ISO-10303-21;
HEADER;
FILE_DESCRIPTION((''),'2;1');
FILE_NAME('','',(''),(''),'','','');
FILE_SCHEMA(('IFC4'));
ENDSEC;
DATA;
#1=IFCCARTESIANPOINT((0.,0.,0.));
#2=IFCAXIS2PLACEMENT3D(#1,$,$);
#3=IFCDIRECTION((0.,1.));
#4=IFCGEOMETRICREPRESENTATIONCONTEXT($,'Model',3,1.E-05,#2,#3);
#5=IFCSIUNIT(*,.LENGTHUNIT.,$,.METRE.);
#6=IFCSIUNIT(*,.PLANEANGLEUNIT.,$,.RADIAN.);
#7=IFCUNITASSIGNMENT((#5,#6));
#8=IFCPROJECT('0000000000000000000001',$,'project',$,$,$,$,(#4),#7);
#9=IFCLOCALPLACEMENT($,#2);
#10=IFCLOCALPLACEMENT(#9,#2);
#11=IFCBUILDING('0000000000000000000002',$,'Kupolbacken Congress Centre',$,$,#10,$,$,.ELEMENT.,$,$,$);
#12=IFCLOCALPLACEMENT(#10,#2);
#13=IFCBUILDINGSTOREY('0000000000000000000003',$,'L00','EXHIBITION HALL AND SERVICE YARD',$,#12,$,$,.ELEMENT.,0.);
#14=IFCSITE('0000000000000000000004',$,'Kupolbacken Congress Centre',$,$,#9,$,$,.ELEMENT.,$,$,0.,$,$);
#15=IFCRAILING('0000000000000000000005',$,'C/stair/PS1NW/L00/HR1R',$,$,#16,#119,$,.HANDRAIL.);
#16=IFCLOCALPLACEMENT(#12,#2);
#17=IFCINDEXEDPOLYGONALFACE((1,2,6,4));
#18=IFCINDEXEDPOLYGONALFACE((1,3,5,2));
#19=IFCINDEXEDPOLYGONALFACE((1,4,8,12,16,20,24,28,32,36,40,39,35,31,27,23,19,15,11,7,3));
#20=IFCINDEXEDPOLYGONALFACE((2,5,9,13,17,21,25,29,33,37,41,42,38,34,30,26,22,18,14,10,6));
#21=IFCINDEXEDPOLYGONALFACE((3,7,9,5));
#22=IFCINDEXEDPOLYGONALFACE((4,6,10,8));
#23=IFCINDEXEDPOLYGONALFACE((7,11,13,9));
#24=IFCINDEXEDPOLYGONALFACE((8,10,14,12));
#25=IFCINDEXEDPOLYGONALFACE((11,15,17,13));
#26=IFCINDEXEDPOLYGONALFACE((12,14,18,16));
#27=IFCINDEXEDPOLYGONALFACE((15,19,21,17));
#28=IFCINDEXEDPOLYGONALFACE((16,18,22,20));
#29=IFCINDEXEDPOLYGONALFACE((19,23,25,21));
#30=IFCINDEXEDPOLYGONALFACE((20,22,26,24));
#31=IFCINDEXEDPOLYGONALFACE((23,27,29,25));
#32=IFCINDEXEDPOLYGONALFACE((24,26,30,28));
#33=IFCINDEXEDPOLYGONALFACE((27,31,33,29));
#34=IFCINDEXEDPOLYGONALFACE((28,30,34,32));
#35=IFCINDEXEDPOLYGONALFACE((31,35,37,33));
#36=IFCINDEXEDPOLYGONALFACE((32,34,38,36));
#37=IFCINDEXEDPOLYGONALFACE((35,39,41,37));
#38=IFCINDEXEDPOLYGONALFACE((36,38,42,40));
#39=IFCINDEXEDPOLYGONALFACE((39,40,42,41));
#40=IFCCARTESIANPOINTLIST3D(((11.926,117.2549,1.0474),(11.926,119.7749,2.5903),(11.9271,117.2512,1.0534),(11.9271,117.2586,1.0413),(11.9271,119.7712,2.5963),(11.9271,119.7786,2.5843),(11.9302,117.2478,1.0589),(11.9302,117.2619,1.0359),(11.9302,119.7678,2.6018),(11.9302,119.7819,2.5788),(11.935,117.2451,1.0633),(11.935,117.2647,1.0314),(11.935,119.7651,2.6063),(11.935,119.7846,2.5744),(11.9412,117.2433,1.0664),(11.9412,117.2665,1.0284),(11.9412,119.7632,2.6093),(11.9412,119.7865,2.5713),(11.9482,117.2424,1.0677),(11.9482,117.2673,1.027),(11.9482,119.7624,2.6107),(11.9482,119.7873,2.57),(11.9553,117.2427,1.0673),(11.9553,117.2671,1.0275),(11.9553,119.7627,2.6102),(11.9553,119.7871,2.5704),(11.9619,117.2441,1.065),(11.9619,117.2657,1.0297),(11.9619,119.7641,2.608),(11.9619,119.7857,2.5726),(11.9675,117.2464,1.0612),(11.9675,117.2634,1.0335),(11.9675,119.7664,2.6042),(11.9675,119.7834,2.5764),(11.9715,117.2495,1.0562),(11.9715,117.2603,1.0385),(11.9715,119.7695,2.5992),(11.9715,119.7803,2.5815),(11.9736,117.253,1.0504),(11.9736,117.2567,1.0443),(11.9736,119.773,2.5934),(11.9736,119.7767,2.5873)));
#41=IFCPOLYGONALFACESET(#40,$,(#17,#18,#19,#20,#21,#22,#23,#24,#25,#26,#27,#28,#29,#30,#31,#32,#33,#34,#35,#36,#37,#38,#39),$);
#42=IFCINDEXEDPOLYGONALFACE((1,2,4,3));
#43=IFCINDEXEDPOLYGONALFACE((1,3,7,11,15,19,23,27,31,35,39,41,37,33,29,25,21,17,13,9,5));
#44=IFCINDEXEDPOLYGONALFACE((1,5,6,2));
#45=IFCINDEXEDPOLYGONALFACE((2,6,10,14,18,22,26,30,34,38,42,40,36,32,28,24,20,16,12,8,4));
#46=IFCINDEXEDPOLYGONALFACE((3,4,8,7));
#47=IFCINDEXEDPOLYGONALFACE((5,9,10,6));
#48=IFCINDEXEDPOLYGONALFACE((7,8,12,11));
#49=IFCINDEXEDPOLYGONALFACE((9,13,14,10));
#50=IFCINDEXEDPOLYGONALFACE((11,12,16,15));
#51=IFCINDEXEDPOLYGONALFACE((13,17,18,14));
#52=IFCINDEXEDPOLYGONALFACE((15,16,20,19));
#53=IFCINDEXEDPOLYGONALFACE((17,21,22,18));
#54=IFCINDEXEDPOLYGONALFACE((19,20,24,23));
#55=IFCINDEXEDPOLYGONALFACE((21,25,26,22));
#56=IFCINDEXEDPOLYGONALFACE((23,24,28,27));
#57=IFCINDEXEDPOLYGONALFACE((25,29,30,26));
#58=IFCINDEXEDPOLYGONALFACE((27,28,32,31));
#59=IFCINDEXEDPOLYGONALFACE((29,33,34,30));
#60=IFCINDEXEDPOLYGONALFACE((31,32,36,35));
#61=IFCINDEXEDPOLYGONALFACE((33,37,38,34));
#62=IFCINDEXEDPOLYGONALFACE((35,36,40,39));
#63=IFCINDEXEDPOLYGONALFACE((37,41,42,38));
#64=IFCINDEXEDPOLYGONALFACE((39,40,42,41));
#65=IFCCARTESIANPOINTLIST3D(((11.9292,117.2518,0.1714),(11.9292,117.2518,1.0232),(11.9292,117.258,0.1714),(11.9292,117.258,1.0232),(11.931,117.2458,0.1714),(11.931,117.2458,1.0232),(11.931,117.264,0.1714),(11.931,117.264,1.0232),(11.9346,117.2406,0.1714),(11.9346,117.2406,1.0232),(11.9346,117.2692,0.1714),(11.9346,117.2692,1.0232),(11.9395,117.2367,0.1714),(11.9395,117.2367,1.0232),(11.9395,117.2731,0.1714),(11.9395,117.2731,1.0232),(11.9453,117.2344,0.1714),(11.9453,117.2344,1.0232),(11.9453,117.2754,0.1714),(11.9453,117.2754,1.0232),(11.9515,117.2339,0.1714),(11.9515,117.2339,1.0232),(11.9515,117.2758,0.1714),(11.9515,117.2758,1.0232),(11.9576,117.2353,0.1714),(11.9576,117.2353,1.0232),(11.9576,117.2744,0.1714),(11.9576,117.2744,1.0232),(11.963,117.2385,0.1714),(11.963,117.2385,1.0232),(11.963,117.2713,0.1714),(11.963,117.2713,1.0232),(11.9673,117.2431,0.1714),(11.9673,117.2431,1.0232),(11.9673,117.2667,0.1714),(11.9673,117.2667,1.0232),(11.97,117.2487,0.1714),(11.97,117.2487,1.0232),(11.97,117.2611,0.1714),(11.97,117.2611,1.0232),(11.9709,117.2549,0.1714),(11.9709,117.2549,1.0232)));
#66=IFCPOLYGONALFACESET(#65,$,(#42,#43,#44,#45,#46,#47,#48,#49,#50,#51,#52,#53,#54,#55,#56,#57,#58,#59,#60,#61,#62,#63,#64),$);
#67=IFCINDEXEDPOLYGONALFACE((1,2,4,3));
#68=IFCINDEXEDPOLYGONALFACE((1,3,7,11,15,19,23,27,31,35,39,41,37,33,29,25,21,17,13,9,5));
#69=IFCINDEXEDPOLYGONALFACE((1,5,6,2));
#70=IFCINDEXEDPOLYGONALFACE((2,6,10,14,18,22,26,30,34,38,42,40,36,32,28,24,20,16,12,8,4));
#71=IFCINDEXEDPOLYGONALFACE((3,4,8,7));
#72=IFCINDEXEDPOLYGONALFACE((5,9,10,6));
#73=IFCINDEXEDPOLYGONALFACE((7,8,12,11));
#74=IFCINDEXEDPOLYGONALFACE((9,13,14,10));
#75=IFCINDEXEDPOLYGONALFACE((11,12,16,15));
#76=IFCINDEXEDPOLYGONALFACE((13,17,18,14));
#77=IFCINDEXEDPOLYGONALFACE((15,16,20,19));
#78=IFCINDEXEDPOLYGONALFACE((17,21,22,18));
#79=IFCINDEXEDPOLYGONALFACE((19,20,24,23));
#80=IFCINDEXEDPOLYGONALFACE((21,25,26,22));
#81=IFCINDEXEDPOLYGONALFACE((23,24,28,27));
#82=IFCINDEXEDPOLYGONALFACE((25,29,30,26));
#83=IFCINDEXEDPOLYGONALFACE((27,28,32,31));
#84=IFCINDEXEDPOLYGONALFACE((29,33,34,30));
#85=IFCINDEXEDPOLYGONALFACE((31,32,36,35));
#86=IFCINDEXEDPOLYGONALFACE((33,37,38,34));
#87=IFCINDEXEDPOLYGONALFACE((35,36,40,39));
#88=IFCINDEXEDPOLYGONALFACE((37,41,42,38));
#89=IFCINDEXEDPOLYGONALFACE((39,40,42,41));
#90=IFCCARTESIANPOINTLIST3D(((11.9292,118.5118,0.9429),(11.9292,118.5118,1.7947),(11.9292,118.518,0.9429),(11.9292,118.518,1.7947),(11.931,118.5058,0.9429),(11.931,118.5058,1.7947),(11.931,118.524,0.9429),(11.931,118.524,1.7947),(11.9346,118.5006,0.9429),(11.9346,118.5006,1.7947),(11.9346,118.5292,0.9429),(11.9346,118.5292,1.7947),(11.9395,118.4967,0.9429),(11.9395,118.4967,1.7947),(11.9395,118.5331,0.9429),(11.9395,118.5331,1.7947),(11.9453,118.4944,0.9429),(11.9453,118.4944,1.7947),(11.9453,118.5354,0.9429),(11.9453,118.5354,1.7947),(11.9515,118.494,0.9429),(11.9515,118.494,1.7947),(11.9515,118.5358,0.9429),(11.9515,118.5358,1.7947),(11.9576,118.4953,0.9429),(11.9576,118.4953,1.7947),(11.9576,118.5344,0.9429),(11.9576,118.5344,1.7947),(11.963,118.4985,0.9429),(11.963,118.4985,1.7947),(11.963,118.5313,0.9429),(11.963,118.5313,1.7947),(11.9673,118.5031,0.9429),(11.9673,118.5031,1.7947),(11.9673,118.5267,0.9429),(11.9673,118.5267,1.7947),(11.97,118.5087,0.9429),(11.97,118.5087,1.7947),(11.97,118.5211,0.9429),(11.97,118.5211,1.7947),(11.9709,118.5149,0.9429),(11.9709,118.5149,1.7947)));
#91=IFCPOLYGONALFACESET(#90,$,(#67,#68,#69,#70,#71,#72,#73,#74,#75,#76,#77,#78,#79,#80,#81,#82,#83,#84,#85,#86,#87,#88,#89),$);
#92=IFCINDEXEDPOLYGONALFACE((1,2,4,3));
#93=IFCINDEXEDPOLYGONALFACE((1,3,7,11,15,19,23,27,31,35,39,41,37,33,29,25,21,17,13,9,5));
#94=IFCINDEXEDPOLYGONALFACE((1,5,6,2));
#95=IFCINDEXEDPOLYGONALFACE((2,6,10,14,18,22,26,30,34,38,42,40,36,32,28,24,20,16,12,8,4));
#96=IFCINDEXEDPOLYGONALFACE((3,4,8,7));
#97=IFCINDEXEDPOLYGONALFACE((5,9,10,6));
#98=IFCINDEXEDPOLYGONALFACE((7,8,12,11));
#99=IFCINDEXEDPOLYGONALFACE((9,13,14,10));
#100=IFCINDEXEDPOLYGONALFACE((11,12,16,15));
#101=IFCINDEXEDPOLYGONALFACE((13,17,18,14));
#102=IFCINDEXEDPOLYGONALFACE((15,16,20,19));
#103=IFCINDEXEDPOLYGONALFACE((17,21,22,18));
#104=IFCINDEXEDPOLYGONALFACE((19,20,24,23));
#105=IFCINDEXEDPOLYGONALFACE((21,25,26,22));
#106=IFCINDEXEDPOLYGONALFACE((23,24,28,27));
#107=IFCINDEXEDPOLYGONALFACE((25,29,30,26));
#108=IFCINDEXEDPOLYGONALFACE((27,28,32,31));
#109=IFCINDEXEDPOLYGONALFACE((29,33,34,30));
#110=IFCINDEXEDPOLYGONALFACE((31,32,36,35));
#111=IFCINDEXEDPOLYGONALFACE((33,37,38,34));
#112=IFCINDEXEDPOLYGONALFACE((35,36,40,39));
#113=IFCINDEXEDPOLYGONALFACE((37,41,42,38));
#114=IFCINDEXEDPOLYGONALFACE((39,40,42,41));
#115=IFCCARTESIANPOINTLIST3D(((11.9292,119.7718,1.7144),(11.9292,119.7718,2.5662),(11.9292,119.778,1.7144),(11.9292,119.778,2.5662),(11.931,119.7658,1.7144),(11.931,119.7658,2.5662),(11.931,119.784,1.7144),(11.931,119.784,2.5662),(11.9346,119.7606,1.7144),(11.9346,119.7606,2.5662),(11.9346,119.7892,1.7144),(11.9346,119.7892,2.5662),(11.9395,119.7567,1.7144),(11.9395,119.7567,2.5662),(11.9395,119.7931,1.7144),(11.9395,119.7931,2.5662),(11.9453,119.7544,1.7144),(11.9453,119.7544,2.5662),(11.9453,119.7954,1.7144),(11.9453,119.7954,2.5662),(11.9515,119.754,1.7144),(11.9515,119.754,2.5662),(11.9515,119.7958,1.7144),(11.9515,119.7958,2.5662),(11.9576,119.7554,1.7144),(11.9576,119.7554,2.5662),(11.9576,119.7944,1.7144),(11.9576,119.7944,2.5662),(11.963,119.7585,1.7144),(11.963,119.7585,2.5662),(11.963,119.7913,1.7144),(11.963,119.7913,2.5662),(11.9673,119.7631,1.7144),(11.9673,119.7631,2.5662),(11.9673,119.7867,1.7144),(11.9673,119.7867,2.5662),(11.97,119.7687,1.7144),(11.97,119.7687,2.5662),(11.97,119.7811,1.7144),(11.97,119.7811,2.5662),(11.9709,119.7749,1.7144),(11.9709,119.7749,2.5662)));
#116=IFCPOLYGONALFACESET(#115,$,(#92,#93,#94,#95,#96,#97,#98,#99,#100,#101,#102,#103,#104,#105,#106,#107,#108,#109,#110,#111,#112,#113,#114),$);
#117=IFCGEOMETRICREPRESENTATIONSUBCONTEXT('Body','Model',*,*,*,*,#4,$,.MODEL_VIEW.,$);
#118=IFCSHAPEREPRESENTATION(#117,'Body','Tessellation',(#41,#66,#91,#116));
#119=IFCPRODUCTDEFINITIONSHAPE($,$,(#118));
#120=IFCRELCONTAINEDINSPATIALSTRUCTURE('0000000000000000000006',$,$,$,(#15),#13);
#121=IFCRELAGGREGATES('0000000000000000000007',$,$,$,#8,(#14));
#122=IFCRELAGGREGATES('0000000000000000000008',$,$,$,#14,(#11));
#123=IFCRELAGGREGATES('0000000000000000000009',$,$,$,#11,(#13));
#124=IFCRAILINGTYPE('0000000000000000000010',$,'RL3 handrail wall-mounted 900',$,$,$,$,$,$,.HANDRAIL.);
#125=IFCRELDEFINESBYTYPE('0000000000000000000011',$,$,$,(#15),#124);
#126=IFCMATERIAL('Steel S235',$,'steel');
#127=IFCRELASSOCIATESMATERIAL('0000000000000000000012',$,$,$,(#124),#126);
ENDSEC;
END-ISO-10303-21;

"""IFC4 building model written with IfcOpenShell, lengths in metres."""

from ifc_helpers import new_model, si_unit, direction, frame, origin, origin_2d, place, context, subcontext, project, spatial, circle, extrude, material, type_object, element, save


model = new_model("IFC4")

# Units and contexts
model_context = context("Model", 3, precision=1e-05, world=origin(), true_north=direction((0.0, 1.0)))
body_context = subcontext(model_context, "Body", "Model", "MODEL_VIEW")
ifc_project = project(units=[si_unit("LENGTHUNIT", "METRE"), si_unit("PLANEANGLEUNIT", "RADIAN")], contexts=[model_context])

# Site, building, storey
site_placement = place(None, origin())
site = spatial("IfcSite", under=ifc_project, at=site_placement, Name="Kupolbacken Congress Centre", CompositionType="ELEMENT", RefElevation=0.0)
building_placement = place(site_placement, origin())
building = spatial("IfcBuilding", under=site, at=building_placement, Name="Kupolbacken Congress Centre", CompositionType="ELEMENT")
storey_placement = place(building_placement, origin())
storey = spatial("IfcBuildingStorey", under=building, at=storey_placement, Name="L00", Description="EXHIBITION HALL AND SERVICE YARD", CompositionType="ELEMENT", Elevation=0.0)

# Railing
ifc_material_1 = material(Name="Steel S235", Category="steel")
railing_type = type_object("IfcRailingType", Name="RL3 handrail wall-mounted 900", PredefinedType="HANDRAIL", material=ifc_material_1)
for number, where, name in (
    (1, (11.95, 117.2549, 0.1714), "C/stair/PS1NW/L00/HR1R"),
):
    element("IfcRailing", number, at=place(storey_placement, frame(where)), inside=storey, type_object=railing_type, Name=name, PredefinedType="HANDRAIL", context=body_context, shape_type="SweptSolid", body=[
        extrude(circle(Radius=0.0239, at=origin_2d()), frame((0.0, 0.0, 0.876), z_axis=(0.0, 0.852836, 0.522178), x_axis=(-1.0, 0.0, 0.0)), (0.0, 0.0, 1.0), 2.9548),
        extrude(circle(Radius=0.021, at=origin_2d()), origin(), (0.0, 0.0, 1.0), 0.8518),
        extrude(circle(Radius=0.021, at=origin_2d()), frame((0.0, 1.26, 0.7715)), (0.0, 0.0, 1.0), 0.8518),
        extrude(circle(Radius=0.021, at=origin_2d()), frame((0.0, 2.52, 1.543)), (0.0, 0.0, 1.0), 0.8518),
    ])

save(model, "model.ifc")
